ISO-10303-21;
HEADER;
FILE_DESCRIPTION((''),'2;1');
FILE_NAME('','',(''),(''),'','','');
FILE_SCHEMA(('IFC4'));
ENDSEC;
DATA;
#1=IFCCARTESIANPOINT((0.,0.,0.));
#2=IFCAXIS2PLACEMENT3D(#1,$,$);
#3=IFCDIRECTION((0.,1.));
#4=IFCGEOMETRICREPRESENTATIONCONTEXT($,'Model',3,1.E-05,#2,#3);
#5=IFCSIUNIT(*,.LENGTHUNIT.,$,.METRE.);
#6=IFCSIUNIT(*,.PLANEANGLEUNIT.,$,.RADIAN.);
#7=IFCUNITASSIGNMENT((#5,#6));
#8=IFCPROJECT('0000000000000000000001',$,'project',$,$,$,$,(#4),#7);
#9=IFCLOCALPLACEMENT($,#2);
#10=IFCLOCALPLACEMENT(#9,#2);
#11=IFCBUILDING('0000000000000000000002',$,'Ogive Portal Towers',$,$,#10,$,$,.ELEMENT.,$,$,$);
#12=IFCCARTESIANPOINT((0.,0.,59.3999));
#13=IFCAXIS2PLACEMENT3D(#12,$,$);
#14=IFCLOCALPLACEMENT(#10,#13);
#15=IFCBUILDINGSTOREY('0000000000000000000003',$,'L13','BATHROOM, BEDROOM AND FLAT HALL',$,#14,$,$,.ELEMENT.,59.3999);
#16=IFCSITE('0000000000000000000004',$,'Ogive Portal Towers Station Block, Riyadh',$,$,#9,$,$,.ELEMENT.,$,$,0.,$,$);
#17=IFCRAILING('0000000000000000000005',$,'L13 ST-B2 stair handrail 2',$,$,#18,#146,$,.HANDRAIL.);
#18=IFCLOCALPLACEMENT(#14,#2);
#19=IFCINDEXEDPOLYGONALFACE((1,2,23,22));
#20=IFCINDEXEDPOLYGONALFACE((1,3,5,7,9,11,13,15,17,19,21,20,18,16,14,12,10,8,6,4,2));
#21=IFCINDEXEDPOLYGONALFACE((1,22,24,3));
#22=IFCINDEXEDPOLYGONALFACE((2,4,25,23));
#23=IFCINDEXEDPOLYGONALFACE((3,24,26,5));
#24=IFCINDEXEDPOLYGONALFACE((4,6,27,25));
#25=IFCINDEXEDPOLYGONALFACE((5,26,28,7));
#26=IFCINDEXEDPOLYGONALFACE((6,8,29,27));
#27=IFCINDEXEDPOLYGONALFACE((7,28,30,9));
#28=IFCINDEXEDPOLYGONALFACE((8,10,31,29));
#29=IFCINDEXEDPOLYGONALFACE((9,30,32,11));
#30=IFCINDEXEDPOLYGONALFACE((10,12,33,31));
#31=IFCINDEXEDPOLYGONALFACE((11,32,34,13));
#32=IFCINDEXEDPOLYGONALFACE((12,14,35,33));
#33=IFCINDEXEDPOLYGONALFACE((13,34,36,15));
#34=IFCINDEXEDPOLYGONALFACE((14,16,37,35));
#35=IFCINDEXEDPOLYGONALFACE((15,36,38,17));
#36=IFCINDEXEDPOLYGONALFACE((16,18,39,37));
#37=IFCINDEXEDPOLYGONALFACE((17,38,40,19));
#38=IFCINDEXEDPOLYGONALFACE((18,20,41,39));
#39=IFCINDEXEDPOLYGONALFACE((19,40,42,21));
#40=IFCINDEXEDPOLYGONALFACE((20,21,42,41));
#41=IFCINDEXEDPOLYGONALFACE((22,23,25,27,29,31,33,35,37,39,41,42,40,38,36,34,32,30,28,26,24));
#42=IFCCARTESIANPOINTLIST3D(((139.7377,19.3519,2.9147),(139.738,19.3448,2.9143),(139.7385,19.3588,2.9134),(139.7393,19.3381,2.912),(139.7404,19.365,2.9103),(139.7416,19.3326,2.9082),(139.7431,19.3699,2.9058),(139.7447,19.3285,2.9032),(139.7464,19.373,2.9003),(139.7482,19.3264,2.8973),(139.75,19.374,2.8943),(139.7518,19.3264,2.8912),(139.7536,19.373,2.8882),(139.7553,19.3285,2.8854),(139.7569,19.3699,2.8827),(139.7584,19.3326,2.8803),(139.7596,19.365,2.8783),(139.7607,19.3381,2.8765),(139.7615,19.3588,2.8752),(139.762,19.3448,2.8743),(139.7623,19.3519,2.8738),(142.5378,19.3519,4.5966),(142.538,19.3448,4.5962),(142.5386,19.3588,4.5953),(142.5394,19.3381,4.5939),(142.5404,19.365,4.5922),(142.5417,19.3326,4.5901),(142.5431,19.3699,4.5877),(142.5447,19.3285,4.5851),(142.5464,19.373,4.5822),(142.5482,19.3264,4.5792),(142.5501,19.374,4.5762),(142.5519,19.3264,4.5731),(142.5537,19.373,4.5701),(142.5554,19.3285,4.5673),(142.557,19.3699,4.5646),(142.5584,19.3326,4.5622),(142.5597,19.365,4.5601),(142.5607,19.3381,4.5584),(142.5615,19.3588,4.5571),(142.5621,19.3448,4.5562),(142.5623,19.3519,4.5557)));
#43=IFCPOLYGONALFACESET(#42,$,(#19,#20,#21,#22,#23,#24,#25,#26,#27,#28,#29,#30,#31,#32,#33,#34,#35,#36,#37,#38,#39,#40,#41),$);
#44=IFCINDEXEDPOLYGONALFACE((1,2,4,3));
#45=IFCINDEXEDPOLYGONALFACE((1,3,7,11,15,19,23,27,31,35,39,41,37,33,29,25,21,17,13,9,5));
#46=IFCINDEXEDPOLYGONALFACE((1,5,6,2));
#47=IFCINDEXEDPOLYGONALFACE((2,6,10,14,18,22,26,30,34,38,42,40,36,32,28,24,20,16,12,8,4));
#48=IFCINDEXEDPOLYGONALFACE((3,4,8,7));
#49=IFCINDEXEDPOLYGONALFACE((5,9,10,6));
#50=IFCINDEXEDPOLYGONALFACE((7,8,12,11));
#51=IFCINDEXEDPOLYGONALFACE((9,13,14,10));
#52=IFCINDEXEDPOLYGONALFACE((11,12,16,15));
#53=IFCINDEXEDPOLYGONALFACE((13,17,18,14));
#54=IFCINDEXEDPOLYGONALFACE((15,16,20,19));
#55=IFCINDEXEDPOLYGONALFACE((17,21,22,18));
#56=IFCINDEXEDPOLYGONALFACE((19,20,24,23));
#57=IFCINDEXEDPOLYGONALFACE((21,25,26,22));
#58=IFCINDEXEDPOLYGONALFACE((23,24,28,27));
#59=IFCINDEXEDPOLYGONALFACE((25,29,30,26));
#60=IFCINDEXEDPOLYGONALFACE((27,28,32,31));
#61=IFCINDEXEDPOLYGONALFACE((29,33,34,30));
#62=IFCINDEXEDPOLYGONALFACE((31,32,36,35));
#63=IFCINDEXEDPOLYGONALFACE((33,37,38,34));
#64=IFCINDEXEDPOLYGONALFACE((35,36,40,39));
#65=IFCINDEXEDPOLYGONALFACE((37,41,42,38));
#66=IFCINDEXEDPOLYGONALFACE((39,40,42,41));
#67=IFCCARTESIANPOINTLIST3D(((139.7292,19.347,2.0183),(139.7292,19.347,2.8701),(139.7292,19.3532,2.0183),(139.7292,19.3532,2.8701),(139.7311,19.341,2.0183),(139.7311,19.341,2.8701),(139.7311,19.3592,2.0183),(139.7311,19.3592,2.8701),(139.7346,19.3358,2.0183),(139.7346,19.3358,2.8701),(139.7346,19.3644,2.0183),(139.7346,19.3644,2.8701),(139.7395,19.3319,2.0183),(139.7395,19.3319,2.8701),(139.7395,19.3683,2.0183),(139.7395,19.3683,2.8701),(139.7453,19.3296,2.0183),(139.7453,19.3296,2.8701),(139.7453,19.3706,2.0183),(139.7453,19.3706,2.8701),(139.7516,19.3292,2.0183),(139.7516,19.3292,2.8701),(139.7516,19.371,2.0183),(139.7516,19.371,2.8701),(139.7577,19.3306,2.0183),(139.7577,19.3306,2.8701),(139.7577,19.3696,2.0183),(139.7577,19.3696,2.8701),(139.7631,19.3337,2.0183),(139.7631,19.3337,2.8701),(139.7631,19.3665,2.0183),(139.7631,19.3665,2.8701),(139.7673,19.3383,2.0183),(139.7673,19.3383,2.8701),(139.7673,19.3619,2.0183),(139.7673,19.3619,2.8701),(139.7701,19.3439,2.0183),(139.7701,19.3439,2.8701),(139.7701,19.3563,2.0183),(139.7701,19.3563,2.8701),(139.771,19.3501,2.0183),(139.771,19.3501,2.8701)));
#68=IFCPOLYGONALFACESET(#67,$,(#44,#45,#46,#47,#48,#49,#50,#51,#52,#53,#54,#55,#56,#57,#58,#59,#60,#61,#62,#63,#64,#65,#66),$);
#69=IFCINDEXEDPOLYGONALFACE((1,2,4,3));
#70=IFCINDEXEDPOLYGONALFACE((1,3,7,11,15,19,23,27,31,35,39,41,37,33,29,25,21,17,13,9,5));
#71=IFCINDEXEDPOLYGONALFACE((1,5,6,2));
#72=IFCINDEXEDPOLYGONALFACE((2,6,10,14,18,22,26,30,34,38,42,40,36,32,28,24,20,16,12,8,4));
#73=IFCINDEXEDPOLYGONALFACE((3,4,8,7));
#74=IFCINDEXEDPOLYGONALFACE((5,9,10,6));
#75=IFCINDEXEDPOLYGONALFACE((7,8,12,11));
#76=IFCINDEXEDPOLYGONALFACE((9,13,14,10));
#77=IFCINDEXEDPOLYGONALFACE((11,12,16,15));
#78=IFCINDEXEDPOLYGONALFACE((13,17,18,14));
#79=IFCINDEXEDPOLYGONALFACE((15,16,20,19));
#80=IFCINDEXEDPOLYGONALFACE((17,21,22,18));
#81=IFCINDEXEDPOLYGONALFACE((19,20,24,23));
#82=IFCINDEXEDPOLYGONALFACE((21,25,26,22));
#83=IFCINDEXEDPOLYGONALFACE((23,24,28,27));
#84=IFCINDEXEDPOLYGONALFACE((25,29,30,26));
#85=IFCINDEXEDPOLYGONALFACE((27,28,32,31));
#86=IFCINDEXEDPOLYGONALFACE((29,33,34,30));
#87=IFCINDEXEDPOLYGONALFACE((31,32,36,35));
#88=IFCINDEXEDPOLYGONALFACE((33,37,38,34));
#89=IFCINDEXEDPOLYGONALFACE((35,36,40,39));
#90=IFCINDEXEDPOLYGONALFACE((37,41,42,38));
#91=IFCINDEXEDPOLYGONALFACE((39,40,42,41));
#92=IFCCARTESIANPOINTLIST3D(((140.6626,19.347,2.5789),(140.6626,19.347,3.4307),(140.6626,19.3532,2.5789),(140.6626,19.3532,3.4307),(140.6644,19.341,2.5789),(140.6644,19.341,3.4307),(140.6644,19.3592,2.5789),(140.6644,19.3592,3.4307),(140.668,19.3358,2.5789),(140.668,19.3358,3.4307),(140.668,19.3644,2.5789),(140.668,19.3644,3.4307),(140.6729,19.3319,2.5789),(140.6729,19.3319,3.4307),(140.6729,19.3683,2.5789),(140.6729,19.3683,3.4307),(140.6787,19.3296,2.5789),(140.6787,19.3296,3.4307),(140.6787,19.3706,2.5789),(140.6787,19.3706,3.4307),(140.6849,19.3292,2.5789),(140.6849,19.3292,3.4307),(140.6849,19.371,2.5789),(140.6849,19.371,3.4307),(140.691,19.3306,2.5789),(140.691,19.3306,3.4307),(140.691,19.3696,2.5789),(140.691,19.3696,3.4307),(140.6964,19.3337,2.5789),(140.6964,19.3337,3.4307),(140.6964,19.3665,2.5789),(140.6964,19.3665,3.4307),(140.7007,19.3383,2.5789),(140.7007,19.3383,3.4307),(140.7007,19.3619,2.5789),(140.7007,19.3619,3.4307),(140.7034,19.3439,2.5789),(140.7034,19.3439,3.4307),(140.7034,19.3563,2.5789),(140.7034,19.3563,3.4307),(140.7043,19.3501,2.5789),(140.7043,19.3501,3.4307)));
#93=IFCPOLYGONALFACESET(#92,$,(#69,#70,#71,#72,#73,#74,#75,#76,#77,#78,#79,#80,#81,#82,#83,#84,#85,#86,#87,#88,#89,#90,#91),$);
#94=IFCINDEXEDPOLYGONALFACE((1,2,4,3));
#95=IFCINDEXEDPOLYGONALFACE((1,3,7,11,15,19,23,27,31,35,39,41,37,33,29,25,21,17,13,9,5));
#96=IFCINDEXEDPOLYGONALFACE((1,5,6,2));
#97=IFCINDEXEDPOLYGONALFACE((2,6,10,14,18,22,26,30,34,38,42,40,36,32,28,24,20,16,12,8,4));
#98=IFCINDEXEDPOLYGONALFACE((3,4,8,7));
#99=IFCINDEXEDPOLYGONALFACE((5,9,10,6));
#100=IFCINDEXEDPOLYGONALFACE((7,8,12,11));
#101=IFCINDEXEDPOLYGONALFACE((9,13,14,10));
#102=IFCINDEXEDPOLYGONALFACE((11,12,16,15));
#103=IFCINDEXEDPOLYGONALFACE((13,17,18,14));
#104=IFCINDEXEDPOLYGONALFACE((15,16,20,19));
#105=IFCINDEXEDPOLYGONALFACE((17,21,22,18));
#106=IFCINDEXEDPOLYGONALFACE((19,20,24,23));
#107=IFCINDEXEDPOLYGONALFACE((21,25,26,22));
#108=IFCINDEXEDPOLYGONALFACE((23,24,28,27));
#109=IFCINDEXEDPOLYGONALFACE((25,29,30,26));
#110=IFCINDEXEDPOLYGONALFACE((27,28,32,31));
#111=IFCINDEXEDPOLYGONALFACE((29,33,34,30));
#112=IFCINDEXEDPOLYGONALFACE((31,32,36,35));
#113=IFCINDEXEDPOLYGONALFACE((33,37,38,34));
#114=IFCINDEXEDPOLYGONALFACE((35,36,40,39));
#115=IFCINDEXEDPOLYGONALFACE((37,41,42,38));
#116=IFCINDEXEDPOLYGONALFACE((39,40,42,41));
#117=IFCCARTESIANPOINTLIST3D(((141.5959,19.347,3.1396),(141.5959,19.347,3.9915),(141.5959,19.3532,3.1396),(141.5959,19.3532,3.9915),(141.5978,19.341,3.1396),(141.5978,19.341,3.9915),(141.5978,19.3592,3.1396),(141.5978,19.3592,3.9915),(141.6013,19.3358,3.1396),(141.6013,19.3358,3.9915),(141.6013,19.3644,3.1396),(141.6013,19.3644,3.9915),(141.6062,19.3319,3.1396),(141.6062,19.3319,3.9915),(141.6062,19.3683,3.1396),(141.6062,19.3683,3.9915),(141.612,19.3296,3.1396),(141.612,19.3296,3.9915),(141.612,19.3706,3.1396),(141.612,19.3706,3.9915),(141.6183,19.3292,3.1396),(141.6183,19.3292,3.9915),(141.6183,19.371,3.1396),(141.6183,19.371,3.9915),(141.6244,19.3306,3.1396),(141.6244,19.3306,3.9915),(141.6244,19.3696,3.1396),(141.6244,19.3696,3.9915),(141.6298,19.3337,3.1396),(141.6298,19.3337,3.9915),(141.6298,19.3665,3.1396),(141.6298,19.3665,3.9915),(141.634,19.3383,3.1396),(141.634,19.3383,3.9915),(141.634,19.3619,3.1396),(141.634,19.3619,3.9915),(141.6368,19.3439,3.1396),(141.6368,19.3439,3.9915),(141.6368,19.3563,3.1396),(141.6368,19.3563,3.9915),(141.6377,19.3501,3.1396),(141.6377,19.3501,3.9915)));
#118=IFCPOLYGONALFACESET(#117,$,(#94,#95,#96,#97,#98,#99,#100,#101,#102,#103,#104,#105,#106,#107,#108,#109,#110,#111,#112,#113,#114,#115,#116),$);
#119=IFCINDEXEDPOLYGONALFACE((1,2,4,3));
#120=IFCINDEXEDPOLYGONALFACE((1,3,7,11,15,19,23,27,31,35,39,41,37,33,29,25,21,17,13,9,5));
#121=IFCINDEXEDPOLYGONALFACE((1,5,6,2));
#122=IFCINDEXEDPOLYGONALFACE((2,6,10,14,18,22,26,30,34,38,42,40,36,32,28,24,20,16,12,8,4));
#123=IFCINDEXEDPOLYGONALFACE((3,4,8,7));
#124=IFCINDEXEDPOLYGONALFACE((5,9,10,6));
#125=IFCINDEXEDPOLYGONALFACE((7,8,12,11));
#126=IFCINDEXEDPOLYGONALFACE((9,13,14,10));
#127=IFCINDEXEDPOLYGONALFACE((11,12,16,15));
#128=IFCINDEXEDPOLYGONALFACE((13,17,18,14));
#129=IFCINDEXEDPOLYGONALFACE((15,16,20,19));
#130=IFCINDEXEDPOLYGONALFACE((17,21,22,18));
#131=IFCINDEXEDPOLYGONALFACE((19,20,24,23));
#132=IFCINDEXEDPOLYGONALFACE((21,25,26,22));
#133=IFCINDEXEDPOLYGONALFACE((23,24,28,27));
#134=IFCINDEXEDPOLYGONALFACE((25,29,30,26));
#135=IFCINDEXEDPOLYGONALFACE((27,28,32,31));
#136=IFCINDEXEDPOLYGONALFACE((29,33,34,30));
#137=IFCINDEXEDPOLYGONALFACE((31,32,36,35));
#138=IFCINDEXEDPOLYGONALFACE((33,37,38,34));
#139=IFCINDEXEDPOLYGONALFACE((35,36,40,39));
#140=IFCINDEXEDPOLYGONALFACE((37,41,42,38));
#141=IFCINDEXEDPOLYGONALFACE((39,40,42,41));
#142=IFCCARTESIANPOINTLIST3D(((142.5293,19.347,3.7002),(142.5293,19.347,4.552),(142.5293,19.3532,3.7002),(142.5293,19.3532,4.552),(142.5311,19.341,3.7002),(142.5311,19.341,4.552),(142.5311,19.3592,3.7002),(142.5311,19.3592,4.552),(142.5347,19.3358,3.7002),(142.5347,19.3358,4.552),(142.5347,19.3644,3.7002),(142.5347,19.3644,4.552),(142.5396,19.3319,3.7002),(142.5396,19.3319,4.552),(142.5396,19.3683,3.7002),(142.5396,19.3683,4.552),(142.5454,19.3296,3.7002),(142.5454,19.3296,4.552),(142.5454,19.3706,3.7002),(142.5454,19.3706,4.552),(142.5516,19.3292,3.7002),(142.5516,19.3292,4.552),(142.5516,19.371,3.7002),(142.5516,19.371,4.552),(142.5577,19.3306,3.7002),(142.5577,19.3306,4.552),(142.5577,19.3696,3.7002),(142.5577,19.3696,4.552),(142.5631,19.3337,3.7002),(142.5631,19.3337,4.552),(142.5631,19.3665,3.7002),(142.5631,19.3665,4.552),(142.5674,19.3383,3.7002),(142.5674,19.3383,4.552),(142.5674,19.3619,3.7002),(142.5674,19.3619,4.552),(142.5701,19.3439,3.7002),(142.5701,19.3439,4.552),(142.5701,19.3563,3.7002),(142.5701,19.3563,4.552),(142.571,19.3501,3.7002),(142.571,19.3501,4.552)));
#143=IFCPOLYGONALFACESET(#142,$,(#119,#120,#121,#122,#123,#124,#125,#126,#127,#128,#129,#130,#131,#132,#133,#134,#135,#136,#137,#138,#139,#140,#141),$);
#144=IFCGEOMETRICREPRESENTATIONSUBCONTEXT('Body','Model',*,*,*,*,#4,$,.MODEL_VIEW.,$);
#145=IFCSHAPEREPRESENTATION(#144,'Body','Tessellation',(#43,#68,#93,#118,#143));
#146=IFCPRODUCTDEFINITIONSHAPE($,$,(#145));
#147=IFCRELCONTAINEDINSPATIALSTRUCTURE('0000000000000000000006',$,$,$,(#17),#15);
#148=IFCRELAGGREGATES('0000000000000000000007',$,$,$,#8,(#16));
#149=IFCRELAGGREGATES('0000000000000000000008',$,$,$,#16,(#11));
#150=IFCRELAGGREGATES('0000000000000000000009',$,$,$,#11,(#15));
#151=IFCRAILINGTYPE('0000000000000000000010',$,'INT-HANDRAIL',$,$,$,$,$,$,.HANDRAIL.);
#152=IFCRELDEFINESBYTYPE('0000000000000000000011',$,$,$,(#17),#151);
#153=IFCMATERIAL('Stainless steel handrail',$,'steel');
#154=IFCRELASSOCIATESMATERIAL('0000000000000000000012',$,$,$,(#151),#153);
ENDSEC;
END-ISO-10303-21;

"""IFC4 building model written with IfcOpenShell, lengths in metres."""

from ifc_helpers import new_model, si_unit, direction, frame, origin, origin_2d, place, context, subcontext, project, spatial, circle, extrude, material, type_object, element, save


model = new_model("IFC4")

# Units and contexts
model_context = context("Model", 3, precision=1e-05, world=origin(), true_north=direction((0.0, 1.0)))
body_context = subcontext(model_context, "Body", "Model", "MODEL_VIEW")
ifc_project = project(units=[si_unit("LENGTHUNIT", "METRE"), si_unit("PLANEANGLEUNIT", "RADIAN")], contexts=[model_context])

# Site, building, storey
site_placement = place(None, origin())
site = spatial("IfcSite", under=ifc_project, at=site_placement, Name="Ogive Portal Towers Station Block, Riyadh", CompositionType="ELEMENT", RefElevation=0.0)
building_placement = place(site_placement, origin())
building = spatial("IfcBuilding", under=site, at=building_placement, Name="Ogive Portal Towers", CompositionType="ELEMENT")
storey_placement = place(building_placement, frame((0.0, 0.0, 59.3999)))
storey = spatial("IfcBuildingStorey", under=building, at=storey_placement, Name="L13", Description="BATHROOM, BEDROOM AND FLAT HALL", CompositionType="ELEMENT", Elevation=59.3999)

# Railing
ifc_material_1 = material(Name="Stainless steel handrail", Category="steel")
railing_type_1 = type_object("IfcRailingType", Name="INT-HANDRAIL", PredefinedType="HANDRAIL", material=ifc_material_1)
railing_1_placement = place(storey_placement, frame((139.75, 19.3501, 2.0183)))
element("IfcRailing", 1, at=railing_1_placement, inside=storey, type_object=railing_type_1, Name="L13 ST-B2 stair handrail 2", PredefinedType="HANDRAIL", context=body_context, shape_type="SweptSolid", body=[
    extrude(circle(Radius=0.0239, at=origin_2d()), frame((0.0, 0.0, 0.876), z_axis=(0.857242, 0.0, 0.514913), x_axis=(0.0, 1.0, 0.0)), (0.0, 0.0, 1.0), 3.2664),
    extrude(circle(Radius=0.021, at=origin_2d()), origin(), (0.0, 0.0, 1.0), 0.8518),
    extrude(circle(Radius=0.021, at=origin_2d()), frame((0.9333, 0.0, 0.5605)), (0.0, 0.0, 1.0), 0.8518),
    extrude(circle(Radius=0.021, at=origin_2d()), frame((1.8667, 0.0, 1.1213)), (0.0, 0.0, 1.0), 0.8518),
    extrude(circle(Radius=0.021, at=origin_2d()), frame((2.8, 0.0, 1.6819)), (0.0, 0.0, 1.0), 0.8518),
])

save(model, "model.ifc")
